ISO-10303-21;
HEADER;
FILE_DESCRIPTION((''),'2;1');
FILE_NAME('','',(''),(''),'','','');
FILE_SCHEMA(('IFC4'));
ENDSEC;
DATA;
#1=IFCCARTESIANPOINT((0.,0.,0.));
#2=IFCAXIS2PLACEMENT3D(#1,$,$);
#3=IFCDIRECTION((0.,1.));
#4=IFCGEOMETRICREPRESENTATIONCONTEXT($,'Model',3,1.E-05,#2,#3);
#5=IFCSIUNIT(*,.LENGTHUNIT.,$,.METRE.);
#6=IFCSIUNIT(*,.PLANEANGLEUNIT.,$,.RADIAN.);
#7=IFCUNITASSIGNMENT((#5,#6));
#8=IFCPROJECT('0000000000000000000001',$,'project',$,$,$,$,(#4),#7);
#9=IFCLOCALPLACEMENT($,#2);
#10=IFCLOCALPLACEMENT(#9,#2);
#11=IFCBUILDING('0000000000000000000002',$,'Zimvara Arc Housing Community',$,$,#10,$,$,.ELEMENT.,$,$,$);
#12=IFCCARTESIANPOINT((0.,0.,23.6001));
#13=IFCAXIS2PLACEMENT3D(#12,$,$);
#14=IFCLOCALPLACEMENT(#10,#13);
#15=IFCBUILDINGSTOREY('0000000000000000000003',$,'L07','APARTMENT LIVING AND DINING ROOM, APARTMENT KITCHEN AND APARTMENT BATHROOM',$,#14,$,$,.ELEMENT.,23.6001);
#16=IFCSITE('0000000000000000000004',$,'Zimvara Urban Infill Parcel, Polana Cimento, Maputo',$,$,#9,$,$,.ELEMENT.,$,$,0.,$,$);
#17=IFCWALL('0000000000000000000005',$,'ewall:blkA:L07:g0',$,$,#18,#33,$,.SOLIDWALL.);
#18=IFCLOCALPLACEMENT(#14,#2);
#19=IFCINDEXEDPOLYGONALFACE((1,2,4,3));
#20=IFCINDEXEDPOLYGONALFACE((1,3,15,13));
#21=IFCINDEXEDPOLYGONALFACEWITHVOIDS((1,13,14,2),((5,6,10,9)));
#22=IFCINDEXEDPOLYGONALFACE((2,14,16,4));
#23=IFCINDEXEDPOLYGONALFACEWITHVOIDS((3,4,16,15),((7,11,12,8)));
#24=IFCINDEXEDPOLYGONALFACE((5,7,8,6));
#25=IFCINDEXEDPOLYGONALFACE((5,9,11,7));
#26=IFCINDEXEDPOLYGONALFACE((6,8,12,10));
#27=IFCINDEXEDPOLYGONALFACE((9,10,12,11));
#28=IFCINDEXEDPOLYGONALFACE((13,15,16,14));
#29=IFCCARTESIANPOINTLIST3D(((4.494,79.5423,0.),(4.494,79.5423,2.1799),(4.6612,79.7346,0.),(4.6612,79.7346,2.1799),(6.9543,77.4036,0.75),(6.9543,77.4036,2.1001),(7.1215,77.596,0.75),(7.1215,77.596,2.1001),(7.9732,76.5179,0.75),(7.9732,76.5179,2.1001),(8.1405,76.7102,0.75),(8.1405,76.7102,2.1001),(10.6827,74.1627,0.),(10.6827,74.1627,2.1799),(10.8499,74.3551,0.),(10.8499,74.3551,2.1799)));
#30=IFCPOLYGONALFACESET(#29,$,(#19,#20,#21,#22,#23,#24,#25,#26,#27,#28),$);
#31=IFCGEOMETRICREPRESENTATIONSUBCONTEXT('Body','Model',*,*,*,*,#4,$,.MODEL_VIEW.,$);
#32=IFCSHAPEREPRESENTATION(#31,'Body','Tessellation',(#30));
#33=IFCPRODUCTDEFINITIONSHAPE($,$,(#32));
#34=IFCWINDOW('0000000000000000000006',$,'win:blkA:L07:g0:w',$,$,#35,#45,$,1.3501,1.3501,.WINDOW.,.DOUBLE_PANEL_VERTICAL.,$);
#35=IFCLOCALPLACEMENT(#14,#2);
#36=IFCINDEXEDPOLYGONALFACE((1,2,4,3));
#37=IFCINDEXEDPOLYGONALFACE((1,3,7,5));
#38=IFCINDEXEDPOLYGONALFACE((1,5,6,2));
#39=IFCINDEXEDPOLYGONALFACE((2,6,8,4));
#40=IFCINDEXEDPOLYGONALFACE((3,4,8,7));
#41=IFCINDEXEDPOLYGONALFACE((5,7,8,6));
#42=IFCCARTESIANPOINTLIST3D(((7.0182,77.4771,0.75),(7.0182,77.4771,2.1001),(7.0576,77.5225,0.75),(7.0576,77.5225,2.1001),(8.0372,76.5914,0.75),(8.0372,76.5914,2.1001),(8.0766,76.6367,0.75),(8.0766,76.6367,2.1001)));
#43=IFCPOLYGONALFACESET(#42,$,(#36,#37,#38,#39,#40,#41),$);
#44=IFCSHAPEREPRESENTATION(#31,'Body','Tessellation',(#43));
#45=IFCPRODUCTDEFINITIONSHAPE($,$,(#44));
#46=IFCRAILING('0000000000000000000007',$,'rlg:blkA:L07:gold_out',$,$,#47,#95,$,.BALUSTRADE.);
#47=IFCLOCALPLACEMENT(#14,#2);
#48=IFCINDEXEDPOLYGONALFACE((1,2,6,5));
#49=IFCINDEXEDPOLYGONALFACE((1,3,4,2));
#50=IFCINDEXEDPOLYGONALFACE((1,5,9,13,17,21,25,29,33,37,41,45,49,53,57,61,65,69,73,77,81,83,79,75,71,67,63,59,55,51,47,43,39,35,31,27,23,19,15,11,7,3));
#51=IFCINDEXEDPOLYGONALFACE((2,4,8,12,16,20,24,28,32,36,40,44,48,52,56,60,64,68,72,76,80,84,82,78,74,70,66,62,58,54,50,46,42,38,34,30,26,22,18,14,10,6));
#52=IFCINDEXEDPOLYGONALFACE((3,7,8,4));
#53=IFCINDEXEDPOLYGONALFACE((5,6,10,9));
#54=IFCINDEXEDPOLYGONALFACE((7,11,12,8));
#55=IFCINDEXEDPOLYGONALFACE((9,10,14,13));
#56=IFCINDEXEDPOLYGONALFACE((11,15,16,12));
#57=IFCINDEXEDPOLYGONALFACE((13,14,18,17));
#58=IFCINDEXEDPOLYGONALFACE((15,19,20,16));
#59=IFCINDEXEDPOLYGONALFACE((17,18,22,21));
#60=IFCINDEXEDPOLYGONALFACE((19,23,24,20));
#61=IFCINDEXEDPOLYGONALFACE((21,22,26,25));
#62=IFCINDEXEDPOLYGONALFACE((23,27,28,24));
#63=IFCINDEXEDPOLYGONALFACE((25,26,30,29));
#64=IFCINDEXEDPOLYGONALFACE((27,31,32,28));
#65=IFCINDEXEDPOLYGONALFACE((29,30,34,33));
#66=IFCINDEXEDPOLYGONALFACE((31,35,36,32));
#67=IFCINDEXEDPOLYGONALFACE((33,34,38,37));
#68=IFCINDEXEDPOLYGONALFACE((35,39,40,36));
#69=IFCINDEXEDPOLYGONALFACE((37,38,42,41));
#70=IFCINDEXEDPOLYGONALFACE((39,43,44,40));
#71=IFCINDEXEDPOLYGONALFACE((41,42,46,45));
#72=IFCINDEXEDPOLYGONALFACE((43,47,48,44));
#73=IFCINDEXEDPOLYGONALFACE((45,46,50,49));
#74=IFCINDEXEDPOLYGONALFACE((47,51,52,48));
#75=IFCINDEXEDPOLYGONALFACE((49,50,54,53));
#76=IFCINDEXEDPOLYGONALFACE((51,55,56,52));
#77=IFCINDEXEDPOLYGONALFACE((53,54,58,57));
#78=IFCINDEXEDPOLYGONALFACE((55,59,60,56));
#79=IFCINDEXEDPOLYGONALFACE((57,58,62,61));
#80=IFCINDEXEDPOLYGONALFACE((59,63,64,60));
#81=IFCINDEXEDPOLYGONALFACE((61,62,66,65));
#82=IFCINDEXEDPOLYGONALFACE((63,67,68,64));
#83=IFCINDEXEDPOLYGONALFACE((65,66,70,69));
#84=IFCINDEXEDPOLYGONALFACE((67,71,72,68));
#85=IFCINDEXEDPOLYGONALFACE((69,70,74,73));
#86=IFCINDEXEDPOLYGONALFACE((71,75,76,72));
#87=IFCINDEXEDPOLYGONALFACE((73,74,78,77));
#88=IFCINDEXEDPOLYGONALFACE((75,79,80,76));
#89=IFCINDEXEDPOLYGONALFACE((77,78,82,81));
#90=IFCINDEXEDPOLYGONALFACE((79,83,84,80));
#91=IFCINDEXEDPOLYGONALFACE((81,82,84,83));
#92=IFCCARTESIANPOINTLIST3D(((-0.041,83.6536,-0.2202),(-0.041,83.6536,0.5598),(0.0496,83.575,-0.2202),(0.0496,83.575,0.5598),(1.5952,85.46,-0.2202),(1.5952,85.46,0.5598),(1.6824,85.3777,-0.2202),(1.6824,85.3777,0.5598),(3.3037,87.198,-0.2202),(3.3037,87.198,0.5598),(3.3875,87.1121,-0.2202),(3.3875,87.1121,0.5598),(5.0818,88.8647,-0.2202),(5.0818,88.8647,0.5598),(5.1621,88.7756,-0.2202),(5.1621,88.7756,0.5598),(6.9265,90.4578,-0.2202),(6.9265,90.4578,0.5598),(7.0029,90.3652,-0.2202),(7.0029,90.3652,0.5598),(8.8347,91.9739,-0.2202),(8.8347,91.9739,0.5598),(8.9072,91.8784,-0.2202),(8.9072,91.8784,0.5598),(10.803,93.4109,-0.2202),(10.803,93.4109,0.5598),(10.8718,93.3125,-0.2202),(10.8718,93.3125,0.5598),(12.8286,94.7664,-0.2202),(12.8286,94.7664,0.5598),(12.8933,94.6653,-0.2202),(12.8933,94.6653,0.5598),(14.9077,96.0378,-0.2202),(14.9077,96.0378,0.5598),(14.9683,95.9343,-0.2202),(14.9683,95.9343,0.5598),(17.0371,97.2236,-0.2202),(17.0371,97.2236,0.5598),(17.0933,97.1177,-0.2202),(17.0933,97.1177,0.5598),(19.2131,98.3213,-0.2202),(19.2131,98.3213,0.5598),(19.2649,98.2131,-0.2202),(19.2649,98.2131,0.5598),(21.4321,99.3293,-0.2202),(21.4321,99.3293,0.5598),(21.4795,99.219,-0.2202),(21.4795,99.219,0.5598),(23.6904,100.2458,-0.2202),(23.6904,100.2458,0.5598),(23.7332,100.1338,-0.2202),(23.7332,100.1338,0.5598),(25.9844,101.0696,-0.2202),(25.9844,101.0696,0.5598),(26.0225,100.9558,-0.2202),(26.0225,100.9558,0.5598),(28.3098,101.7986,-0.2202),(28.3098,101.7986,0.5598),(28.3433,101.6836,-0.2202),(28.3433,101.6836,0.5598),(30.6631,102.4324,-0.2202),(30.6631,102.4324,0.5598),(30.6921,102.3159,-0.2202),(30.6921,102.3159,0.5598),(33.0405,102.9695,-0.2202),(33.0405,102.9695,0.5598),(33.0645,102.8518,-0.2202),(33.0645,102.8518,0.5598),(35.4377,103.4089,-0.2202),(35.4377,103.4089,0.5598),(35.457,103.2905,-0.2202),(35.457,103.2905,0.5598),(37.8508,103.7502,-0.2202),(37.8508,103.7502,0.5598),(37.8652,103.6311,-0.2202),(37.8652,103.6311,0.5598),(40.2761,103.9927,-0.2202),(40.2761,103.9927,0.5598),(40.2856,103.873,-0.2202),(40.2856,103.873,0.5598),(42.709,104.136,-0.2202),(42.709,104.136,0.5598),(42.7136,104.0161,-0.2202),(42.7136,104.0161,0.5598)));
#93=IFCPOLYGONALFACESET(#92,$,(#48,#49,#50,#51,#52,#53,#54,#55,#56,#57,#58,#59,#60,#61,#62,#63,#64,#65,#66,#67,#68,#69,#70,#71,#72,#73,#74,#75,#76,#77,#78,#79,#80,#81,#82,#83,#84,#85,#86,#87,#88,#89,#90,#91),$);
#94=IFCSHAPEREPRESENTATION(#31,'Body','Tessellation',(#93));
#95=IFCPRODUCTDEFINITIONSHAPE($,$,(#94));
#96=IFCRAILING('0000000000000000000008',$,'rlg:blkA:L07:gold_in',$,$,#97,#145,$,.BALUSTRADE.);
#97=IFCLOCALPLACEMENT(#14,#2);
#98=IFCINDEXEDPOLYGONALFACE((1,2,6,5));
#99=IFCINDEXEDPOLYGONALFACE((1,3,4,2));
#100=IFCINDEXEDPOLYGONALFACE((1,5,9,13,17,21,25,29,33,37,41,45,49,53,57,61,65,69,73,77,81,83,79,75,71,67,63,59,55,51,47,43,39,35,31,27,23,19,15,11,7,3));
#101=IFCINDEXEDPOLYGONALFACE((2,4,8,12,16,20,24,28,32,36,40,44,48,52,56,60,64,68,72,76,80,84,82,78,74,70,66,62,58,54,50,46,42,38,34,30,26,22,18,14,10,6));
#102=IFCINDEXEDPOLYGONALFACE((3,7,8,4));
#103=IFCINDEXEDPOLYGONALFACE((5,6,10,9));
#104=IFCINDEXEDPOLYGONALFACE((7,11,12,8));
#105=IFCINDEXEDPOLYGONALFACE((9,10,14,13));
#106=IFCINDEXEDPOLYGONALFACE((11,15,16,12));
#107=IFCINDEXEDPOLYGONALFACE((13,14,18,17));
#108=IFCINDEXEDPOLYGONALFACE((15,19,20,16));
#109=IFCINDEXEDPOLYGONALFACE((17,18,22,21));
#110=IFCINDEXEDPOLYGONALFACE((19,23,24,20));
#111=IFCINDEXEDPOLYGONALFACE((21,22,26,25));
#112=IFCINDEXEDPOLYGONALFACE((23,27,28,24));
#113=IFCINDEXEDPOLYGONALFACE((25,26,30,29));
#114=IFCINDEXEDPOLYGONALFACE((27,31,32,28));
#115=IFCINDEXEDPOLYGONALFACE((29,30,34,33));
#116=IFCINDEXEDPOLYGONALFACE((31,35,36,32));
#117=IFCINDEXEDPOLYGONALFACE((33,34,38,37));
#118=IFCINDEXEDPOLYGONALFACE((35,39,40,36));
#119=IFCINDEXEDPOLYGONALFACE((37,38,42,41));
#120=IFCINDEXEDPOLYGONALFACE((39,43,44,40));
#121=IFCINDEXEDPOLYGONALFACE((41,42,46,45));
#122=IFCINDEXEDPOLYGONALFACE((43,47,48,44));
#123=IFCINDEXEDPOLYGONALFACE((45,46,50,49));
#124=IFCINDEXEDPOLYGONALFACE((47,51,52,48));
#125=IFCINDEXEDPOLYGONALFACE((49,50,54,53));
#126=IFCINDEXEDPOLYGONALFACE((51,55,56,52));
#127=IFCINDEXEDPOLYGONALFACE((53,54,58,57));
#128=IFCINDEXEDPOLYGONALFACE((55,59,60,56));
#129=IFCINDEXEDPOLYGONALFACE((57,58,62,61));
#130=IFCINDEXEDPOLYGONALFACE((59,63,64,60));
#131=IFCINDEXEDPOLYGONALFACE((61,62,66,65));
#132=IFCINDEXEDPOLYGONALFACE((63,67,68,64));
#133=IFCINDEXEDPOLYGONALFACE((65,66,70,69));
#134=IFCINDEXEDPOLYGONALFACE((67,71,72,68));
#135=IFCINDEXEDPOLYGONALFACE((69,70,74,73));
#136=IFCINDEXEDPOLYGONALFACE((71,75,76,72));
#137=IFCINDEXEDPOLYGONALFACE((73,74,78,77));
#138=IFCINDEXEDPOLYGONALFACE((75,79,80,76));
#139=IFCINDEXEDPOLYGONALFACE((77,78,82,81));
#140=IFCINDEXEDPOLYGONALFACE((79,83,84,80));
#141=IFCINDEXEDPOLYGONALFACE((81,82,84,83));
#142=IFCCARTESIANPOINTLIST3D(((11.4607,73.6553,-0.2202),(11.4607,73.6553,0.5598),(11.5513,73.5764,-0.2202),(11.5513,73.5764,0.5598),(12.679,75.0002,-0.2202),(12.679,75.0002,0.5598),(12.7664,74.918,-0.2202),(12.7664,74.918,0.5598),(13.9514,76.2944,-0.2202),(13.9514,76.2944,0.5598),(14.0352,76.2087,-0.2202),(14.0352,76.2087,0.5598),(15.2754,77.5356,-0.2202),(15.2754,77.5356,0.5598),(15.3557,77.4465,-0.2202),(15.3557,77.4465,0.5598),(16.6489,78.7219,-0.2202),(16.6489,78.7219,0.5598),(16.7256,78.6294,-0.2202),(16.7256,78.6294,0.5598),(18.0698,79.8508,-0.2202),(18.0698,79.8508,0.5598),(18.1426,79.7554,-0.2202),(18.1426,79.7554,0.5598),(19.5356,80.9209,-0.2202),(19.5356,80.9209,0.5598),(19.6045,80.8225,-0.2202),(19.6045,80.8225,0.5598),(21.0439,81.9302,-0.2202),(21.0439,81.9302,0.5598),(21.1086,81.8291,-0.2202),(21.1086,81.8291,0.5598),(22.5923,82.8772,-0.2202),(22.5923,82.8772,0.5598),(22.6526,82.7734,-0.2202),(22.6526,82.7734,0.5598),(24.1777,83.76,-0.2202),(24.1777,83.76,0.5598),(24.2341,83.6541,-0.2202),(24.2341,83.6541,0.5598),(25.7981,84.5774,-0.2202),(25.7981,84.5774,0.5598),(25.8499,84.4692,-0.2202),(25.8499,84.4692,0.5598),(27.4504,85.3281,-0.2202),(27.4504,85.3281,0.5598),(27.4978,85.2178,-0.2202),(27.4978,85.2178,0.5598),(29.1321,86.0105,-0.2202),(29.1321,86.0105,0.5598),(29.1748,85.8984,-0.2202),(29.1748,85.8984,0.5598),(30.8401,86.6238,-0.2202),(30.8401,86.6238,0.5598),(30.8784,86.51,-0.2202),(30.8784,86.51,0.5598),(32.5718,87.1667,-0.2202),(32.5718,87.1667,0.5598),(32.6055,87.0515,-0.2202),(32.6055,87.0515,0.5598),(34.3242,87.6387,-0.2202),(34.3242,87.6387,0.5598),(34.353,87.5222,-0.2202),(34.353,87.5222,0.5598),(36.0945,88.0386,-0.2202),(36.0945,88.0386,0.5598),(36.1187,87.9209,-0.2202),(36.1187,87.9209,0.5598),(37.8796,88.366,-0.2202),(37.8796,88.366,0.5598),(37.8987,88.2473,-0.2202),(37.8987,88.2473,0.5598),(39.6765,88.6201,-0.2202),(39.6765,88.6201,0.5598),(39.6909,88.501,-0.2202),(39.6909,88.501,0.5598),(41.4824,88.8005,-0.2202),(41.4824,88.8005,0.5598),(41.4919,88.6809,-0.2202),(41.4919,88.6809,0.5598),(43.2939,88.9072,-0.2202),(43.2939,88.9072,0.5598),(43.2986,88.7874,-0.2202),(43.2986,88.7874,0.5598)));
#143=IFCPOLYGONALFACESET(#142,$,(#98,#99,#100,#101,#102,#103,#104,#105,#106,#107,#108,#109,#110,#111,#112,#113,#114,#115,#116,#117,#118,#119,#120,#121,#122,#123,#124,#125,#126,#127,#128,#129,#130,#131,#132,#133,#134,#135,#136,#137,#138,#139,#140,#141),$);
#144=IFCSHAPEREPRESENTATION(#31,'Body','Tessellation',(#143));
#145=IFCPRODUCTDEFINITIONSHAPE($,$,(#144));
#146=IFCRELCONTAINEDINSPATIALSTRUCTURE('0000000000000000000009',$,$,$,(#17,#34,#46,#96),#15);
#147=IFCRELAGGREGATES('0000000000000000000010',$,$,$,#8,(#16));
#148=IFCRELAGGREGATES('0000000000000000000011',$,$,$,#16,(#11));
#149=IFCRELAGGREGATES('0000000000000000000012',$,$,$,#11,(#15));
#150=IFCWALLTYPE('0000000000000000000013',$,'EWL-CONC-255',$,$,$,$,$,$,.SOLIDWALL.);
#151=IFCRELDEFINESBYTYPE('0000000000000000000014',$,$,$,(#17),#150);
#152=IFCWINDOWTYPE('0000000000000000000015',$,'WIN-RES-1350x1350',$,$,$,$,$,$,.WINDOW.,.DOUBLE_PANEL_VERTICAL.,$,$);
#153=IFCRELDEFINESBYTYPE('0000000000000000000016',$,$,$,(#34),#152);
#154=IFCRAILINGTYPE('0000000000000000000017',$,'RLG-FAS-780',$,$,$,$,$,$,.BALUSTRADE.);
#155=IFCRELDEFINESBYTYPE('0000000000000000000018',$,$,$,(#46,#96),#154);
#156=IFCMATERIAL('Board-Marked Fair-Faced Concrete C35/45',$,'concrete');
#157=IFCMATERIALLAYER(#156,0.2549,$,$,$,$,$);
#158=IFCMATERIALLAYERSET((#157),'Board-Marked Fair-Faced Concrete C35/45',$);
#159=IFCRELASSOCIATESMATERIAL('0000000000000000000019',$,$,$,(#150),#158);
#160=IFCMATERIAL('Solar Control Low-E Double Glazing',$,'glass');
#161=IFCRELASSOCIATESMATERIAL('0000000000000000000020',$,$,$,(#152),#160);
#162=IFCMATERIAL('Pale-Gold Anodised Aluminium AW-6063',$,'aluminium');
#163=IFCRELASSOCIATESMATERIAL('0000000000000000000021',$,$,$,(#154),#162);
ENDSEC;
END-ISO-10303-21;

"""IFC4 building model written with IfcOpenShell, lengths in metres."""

from ifc_helpers import new_model, si_unit, direction, frame, frame_2d, origin, place, context, subcontext, project, spatial, polyline, rectangle, outline, extrude, material, layer, layer_set, type_object, element, fill, save


model = new_model("IFC4")

# Units and contexts
model_context = context("Model", 3, precision=1e-05, world=origin(), true_north=direction((0.0, 1.0)))
body_context = subcontext(model_context, "Body", "Model", "MODEL_VIEW")
ifc_project = project(units=[si_unit("LENGTHUNIT", "METRE"), si_unit("PLANEANGLEUNIT", "RADIAN")], contexts=[model_context])

# Site, building, storey
site_placement = place(None, origin())
site = spatial("IfcSite", under=ifc_project, at=site_placement, Name="Zimvara Urban Infill Parcel, Polana Cimento, Maputo", CompositionType="ELEMENT", RefElevation=0.0)
building_placement = place(site_placement, origin())
building = spatial("IfcBuilding", under=site, at=building_placement, Name="Zimvara Arc Housing Community", CompositionType="ELEMENT")
storey_placement = place(building_placement, frame((0.0, 0.0, 23.6001)))
storey = spatial("IfcBuildingStorey", under=building, at=storey_placement, Name="L07", Description="APARTMENT LIVING AND DINING ROOM, APARTMENT KITCHEN AND APARTMENT BATHROOM", CompositionType="ELEMENT", Elevation=23.6001)

# Wall, opening, window
ifc_material_1 = material(Name="Board-Marked Fair-Faced Concrete C35/45", Category="concrete")
ifc_layer_1 = layer(ifc_material_1, 0.2549)
ifc_layer_set_1 = layer_set([ifc_layer_1], Name="Board-Marked Fair-Faced Concrete C35/45")
wall_type = type_object("IfcWallType", Name="EWL-CONC-255", PredefinedType="SOLIDWALL", material=ifc_layer_set_1)
wall_placement = place(storey_placement, frame((10.7664, 74.2588, 0.0), z_axis=(0.0, 0.0, 1.0), x_axis=(-0.754718, 0.65605, 0.0)))
wall = element("IfcWall", 1, at=wall_placement, inside=storey, type_object=wall_type, Name="ewall:blkA:L07:g0", PredefinedType="SOLIDWALL", context=body_context, shape_type="SweptSolid", body=[
    extrude(rectangle(XDim=8.2, YDim=0.2549, at=frame_2d((4.1001, 0.0))), origin(), (0.0, 0.0, 1.0), 2.1799),
])
opening_placement = place(wall_placement, frame((3.5901, 0.0, 0.75)))
opening = element("IfcOpeningElement", 2, at=opening_placement, cuts=wall, PredefinedType="OPENING", context=body_context, shape_type="SweptSolid", body=[
    extrude(rectangle(XDim=1.3501, YDim=1.3501, at=frame_2d((0.675, 0.675))), frame((0.0, 0.1375, 0.0), z_axis=(0.0, -1.0, 0.0), x_axis=(1.0, 0.0, 0.0)), (0.0, 0.0, 1.0), 0.2749),
])
ifc_material_2 = material(Name="Solar Control Low-E Double Glazing", Category="glass")
window_type = type_object("IfcWindowType", Name="WIN-RES-1350x1350", PartitioningType="DOUBLE_PANEL_VERTICAL", PredefinedType="WINDOW", material=ifc_material_2)
window_placement = place(opening_placement, origin())
window = element("IfcWindow", 3, at=window_placement, inside=storey, type_object=window_type, Name="win:blkA:L07:g0:w", OverallHeight=1.3501, OverallWidth=1.3501, PartitioningType="DOUBLE_PANEL_VERTICAL", PredefinedType="WINDOW", context=body_context, shape_type="SweptSolid", body=[
    extrude(rectangle(XDim=1.3501, YDim=1.3501, at=frame_2d((0.675, 0.675))), frame((0.0, 0.03, 0.0), z_axis=(0.0, -1.0, 0.0), x_axis=(1.0, 0.0, 0.0)), (0.0, 0.0, 1.0), 0.0601),
])
fill(opening, window)

# Railings
ifc_material_3 = material(Name="Pale-Gold Anodised Aluminium AW-6063", Category="aluminium")
railing_type = type_object("IfcRailingType", Name="RLG-FAS-780", PredefinedType="BALUSTRADE", material=ifc_material_3)
railing_1_placement = place(storey_placement, frame((0.0, 0.0, -0.2202)))
element("IfcRailing", 4, at=railing_1_placement, inside=storey, type_object=railing_type, Name="rlg:blkA:L07:gold_out", PredefinedType="BALUSTRADE", context=body_context, shape_type="SweptSolid", body=[
    extrude(outline(polyline([(0.0496, 83.575), (1.6824, 85.3777), (3.3875, 87.1121), (5.1621, 88.7756), (7.0029, 90.3652), (8.9072, 91.8784), (10.8718, 93.3125), (12.8933, 94.6653), (14.9683, 95.9343), (17.0933, 97.1177), (19.2649, 98.2131), (21.4795, 99.219), (23.7332, 100.1338), (26.0225, 100.9558), (28.3433, 101.6836), (30.6921, 102.3159), (33.0645, 102.8518), (35.457, 103.2905), (37.8652, 103.6311), (40.2856, 103.873), (42.7136, 104.0161), (42.709, 104.136), (40.2761, 103.9927), (37.8508, 103.7502), (35.4377, 103.4089), (33.0405, 102.9695), (30.6631, 102.4324), (28.3098, 101.7986), (25.9844, 101.0696), (23.6904, 100.2458), (21.4321, 99.3293), (19.2131, 98.3213), (17.0371, 97.2236), (14.9077, 96.0378), (12.8286, 94.7664), (10.803, 93.4109), (8.8347, 91.9739), (6.9265, 90.4578), (5.0818, 88.8647), (3.3037, 87.198), (1.5952, 85.46), (-0.041, 83.6536), (0.0496, 83.575)])), origin(), (0.0, 0.0, 1.0), 0.78),
])
railing_2_placement = place(storey_placement, frame((0.0, 0.0, -0.2202)))
element("IfcRailing", 5, at=railing_2_placement, inside=storey, type_object=railing_type, Name="rlg:blkA:L07:gold_in", PredefinedType="BALUSTRADE", context=body_context, shape_type="SweptSolid", body=[
    extrude(outline(polyline([(11.5513, 73.5764), (12.7664, 74.918), (14.0352, 76.2087), (15.3557, 77.4465), (16.7256, 78.6294), (18.1426, 79.7554), (19.6045, 80.8225), (21.1086, 81.8291), (22.6526, 82.7734), (24.2341, 83.6541), (25.8499, 84.4692), (27.4978, 85.2178), (29.1748, 85.8984), (30.8784, 86.51), (32.6055, 87.0515), (34.353, 87.5222), (36.1187, 87.9209), (37.8987, 88.2473), (39.6909, 88.501), (41.4919, 88.6809), (43.2986, 88.7874), (43.2939, 88.9072), (41.4824, 88.8005), (39.6765, 88.6201), (37.8796, 88.366), (36.0945, 88.0386), (34.3242, 87.6387), (32.5718, 87.1667), (30.8401, 86.6238), (29.1321, 86.0105), (27.4504, 85.3281), (25.7981, 84.5774), (24.1777, 83.76), (22.5923, 82.8772), (21.0439, 81.9302), (19.5356, 80.9209), (18.0698, 79.8508), (16.6489, 78.7219), (15.2754, 77.5356), (13.9514, 76.2944), (12.679, 75.0002), (11.4607, 73.6553), (11.5513, 73.5764)])), origin(), (0.0, 0.0, 1.0), 0.78),
])

save(model, "model.ifc")
